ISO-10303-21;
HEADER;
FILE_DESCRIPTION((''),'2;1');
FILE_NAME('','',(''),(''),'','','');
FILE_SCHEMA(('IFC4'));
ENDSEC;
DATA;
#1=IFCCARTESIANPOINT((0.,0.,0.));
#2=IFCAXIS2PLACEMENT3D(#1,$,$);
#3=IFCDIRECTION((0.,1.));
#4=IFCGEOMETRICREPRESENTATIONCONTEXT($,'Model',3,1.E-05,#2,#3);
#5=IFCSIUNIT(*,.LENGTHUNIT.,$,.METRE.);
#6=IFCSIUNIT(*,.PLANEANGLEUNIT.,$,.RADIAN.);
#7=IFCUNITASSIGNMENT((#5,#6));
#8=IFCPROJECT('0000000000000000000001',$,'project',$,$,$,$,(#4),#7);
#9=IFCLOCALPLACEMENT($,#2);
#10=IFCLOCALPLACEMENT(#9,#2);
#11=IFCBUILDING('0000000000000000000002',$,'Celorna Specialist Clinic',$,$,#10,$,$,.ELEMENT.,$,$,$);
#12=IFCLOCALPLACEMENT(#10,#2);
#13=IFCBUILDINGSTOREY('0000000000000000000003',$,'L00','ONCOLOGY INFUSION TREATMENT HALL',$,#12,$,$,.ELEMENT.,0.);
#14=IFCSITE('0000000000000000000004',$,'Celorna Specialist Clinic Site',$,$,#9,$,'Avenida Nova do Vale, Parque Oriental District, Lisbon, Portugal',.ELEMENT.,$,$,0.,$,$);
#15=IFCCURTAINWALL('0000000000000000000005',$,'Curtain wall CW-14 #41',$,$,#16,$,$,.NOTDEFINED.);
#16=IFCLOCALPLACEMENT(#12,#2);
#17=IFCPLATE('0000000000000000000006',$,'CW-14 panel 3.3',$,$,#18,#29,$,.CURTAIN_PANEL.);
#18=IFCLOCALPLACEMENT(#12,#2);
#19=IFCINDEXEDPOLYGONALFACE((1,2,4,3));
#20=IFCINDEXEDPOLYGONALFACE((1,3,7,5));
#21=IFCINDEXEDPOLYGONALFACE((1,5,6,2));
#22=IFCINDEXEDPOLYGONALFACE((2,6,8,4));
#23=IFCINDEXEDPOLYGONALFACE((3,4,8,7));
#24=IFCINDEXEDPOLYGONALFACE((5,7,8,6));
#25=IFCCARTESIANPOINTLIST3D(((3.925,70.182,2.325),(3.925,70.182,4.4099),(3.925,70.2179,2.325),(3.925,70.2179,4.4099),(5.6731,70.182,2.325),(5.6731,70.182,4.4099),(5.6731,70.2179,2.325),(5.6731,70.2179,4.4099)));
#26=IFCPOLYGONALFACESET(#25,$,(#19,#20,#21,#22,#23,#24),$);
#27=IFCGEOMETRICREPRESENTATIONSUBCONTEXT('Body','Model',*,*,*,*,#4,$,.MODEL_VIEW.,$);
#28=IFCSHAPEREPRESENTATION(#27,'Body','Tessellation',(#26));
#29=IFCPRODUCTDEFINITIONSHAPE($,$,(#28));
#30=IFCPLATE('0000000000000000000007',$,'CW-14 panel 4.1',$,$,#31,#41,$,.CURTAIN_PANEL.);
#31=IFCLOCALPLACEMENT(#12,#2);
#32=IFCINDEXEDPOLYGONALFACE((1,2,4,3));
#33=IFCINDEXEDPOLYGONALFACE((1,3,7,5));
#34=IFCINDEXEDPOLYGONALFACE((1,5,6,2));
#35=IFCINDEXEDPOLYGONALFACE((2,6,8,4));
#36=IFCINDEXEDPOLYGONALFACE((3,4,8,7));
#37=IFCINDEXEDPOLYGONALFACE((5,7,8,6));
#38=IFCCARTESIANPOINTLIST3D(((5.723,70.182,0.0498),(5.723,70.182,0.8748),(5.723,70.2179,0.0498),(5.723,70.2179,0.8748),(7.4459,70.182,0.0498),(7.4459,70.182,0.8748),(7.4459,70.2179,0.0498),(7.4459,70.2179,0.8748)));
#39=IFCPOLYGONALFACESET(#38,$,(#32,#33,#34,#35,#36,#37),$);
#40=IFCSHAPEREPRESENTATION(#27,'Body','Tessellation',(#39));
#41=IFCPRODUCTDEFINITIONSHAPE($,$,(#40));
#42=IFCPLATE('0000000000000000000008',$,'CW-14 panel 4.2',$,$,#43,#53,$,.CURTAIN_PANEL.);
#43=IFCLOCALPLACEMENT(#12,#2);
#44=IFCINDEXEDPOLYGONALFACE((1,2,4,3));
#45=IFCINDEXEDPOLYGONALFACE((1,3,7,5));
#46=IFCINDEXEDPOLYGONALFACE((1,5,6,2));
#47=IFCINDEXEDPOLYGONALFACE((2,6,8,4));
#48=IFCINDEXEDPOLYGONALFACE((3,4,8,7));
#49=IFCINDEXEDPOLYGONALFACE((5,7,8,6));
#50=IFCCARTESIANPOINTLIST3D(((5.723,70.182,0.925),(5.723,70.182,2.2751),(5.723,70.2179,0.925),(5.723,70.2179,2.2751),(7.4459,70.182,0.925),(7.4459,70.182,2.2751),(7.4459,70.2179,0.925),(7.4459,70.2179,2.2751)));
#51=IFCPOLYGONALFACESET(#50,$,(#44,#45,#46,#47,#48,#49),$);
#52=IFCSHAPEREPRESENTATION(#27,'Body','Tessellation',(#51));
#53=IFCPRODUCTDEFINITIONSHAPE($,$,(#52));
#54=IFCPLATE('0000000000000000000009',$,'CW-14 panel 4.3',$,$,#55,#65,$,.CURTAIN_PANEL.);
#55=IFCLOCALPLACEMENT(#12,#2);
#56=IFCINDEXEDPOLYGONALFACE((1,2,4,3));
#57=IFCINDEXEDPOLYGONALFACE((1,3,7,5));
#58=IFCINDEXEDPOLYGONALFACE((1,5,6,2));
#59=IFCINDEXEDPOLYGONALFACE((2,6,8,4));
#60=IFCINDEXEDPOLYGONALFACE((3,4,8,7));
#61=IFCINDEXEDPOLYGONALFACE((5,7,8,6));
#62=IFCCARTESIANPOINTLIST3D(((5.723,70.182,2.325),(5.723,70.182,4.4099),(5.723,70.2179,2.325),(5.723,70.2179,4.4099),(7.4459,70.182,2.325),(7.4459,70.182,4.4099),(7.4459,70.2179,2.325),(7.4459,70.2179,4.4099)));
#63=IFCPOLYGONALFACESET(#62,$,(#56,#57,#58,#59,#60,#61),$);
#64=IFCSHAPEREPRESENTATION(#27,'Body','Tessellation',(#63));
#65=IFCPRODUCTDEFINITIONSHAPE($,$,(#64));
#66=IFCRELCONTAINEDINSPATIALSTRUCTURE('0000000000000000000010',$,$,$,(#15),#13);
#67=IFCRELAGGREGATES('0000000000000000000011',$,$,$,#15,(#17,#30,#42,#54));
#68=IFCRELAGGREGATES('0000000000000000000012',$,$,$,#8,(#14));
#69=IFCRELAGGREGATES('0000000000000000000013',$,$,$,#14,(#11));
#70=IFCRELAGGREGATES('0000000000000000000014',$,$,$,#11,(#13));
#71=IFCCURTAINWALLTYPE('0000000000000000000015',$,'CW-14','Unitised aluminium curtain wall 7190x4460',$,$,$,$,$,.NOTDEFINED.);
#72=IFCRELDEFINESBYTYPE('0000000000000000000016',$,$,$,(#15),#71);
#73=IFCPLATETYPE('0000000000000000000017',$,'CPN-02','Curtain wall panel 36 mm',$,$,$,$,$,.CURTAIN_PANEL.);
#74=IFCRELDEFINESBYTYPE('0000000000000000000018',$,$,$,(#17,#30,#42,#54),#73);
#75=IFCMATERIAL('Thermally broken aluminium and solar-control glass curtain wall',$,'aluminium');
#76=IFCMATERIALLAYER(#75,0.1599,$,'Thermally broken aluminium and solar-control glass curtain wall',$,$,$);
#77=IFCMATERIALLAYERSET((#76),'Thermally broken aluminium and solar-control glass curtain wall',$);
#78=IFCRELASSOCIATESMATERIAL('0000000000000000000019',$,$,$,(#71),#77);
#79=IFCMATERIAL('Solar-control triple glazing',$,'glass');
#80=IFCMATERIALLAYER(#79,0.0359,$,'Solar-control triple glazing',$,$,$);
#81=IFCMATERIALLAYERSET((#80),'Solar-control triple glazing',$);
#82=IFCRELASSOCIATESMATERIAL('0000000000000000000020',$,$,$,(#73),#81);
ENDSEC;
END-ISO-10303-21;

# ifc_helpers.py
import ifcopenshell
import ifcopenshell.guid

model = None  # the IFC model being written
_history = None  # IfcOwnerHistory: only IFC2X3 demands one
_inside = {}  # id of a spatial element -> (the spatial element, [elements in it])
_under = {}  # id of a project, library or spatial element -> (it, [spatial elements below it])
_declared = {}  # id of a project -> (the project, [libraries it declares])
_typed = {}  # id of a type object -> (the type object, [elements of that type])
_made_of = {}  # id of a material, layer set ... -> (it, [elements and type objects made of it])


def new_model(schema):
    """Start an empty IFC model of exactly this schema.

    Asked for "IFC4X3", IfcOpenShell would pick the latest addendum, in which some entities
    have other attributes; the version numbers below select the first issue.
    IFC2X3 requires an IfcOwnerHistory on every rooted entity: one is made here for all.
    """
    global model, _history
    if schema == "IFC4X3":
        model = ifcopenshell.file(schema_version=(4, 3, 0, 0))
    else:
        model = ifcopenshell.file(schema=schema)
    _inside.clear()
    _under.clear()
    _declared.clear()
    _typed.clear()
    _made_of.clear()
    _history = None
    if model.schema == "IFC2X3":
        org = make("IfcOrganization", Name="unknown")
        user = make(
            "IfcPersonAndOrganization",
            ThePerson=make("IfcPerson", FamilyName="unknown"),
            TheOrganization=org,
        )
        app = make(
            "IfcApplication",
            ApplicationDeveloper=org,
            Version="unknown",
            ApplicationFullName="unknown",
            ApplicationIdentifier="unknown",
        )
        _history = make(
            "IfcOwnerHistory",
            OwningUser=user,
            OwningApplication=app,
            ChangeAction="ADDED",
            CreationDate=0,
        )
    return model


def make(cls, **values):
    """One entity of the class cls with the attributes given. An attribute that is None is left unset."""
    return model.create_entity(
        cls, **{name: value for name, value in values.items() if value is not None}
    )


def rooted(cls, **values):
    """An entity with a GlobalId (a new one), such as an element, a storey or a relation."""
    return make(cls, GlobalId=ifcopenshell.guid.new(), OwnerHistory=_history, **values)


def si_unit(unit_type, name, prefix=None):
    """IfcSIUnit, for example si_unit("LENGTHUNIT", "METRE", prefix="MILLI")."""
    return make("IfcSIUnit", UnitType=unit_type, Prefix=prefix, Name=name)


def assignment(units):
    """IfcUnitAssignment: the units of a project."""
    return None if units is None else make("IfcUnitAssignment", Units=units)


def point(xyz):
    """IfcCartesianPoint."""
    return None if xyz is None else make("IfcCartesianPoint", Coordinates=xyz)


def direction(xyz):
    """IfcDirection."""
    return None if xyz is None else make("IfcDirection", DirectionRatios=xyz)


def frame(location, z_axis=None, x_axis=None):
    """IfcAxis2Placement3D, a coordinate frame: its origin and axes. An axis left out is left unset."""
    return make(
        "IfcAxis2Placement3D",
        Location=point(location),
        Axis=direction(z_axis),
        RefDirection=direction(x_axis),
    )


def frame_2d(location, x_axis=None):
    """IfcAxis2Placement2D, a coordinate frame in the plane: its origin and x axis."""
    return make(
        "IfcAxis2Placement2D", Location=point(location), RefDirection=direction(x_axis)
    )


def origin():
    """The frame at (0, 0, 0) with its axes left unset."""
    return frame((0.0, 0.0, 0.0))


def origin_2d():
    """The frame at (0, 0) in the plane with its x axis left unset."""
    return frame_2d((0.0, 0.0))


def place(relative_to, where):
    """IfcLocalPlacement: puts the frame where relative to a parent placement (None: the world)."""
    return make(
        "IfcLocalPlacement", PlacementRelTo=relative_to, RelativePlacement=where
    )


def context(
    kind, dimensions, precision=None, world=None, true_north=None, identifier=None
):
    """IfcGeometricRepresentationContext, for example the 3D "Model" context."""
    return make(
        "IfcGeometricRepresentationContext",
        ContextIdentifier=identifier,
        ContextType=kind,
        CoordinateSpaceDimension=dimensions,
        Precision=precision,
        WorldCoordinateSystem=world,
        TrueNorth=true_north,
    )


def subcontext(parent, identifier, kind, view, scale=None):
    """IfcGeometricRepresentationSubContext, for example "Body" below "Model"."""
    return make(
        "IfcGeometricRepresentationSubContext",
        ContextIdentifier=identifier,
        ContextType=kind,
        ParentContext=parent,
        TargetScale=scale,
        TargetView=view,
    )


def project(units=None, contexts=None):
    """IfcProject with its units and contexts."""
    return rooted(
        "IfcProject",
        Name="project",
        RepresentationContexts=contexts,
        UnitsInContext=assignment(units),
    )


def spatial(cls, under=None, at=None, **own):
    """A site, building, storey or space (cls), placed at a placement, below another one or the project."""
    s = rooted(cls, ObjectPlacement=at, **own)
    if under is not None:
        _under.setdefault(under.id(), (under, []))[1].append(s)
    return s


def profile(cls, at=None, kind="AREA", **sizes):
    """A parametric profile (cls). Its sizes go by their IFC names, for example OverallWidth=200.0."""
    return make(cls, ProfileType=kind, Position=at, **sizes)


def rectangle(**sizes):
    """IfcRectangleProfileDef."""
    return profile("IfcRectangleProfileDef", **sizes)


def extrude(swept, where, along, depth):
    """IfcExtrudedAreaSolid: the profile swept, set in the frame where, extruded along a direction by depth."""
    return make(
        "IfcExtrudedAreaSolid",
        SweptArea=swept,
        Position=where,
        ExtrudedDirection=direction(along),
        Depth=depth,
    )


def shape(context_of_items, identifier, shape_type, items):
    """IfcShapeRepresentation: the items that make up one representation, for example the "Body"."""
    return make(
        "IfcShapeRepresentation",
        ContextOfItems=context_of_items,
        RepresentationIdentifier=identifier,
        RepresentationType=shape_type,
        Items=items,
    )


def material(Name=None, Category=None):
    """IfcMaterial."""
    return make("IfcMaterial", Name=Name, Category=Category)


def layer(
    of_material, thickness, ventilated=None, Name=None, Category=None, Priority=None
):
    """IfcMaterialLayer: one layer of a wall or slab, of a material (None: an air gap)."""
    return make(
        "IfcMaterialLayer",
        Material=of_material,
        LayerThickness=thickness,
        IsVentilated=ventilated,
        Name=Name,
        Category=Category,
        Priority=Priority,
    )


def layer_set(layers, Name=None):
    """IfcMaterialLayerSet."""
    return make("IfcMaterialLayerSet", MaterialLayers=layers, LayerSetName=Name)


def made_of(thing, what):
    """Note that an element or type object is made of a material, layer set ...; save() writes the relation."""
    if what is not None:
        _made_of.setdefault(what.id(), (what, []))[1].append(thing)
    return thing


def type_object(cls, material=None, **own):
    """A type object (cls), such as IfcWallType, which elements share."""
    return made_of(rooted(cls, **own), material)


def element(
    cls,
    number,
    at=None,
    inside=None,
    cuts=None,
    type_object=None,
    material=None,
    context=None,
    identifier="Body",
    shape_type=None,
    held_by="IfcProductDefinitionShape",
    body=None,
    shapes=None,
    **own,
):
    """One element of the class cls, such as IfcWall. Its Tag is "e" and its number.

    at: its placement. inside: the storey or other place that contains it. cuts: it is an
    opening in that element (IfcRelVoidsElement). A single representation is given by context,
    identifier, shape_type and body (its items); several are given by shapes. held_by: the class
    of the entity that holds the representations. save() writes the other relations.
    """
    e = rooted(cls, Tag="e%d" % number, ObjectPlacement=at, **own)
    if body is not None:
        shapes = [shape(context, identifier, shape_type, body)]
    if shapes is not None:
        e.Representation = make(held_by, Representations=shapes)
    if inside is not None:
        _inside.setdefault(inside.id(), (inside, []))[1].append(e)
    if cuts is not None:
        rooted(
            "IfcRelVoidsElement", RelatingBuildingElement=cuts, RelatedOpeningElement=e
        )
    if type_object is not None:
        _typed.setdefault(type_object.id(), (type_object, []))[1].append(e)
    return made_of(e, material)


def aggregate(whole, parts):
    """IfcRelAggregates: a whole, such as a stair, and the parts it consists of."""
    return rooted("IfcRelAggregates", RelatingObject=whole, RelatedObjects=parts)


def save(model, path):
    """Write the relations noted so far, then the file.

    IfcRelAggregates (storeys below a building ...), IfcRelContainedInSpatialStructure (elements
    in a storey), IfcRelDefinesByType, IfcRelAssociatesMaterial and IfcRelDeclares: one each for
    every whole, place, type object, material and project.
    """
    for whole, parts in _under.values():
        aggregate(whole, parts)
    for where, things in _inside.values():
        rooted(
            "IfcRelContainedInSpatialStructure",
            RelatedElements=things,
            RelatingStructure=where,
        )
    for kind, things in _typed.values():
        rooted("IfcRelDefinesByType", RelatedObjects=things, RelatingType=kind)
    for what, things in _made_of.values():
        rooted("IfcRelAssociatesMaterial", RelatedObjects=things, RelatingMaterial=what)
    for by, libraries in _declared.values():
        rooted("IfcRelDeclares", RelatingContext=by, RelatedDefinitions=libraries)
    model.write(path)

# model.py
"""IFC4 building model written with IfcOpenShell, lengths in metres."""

from ifc_helpers import new_model, si_unit, direction, frame, origin, origin_2d, place, context, subcontext, project, spatial, rectangle, extrude, material, layer, layer_set, type_object, element, aggregate, save


model = new_model("IFC4")

# Units and contexts
model_context = context("Model", 3, precision=1e-05, world=origin(), true_north=direction((0.0, 1.0)))
body_context = subcontext(model_context, "Body", "Model", "MODEL_VIEW")
ifc_project = project(units=[si_unit("LENGTHUNIT", "METRE"), si_unit("PLANEANGLEUNIT", "RADIAN")], contexts=[model_context])

# Site, building, storey
site_placement = place(None, origin())
site = spatial("IfcSite", under=ifc_project, at=site_placement, Name="Celorna Specialist Clinic Site", LongName="Avenida Nova do Vale, Parque Oriental District, Lisbon, Portugal", CompositionType="ELEMENT", RefElevation=0.0)
building_placement = place(site_placement, origin())
building = spatial("IfcBuilding", under=site, at=building_placement, Name="Celorna Specialist Clinic", CompositionType="ELEMENT")
storey_placement = place(building_placement, origin())
storey = spatial("IfcBuildingStorey", under=building, at=storey_placement, Name="L00", Description="ONCOLOGY INFUSION TREATMENT HALL", CompositionType="ELEMENT", Elevation=0.0)

# Curtain wall, plates
ifc_material_1 = material(Name="Thermally broken aluminium and solar-control glass curtain wall", Category="aluminium")
ifc_layer_1 = layer(ifc_material_1, 0.1599, Name="Thermally broken aluminium and solar-control glass curtain wall")
ifc_layer_set_1 = layer_set([ifc_layer_1], Name="Thermally broken aluminium and solar-control glass curtain wall")
curtain_wall_type = type_object("IfcCurtainWallType", Name="CW-14", Description="Unitised aluminium curtain wall 7190x4460", PredefinedType="NOTDEFINED", material=ifc_layer_set_1)
curtain_wall_placement = place(storey_placement, origin())
curtain_wall = element("IfcCurtainWall", 1, at=curtain_wall_placement, inside=storey, type_object=curtain_wall_type, Name="Curtain wall CW-14 #41", PredefinedType="NOTDEFINED")
ifc_material_2 = material(Name="Solar-control triple glazing", Category="glass")
ifc_layer_2 = layer(ifc_material_2, 0.0359, Name="Solar-control triple glazing")
ifc_layer_set_2 = layer_set([ifc_layer_2], Name="Solar-control triple glazing")
plate_type = type_object("IfcPlateType", Name="CPN-02", Description="Curtain wall panel 36 mm", PredefinedType="CURTAIN_PANEL", material=ifc_layer_set_2)
plate_1_placement = place(storey_placement, frame((4.7991, 70.2, 2.325), z_axis=(0.0, 0.0, 1.0), x_axis=(1.0, 0.0, 0.0)))
plate_1 = element("IfcPlate", 2, at=plate_1_placement, type_object=plate_type, Name="CW-14 panel 3.3", PredefinedType="CURTAIN_PANEL", context=body_context, shape_type="SweptSolid", body=[
    extrude(rectangle(XDim=1.748, YDim=0.0359, at=origin_2d()), origin(), (0.0, 0.0, 1.0), 2.085),
])
plate_2_placement = place(storey_placement, frame((6.5845, 70.2, 0.0498), z_axis=(0.0, 0.0, 1.0), x_axis=(1.0, 0.0, 0.0)))
plate_2 = element("IfcPlate", 3, at=plate_2_placement, type_object=plate_type, Name="CW-14 panel 4.1", PredefinedType="CURTAIN_PANEL", context=body_context, shape_type="SweptSolid", body=[
    extrude(rectangle(XDim=1.7229, YDim=0.0359, at=origin_2d()), origin(), (0.0, 0.0, 1.0), 0.825),
])
plate_3_placement = place(storey_placement, frame((6.5845, 70.2, 0.925), z_axis=(0.0, 0.0, 1.0), x_axis=(1.0, 0.0, 0.0)))
plate_3 = element("IfcPlate", 4, at=plate_3_placement, type_object=plate_type, Name="CW-14 panel 4.2", PredefinedType="CURTAIN_PANEL", context=body_context, shape_type="SweptSolid", body=[
    extrude(rectangle(XDim=1.7229, YDim=0.0359, at=origin_2d()), origin(), (0.0, 0.0, 1.0), 1.3501),
])
plate_4_placement = place(storey_placement, frame((6.5845, 70.2, 2.325), z_axis=(0.0, 0.0, 1.0), x_axis=(1.0, 0.0, 0.0)))
plate_4 = element("IfcPlate", 5, at=plate_4_placement, type_object=plate_type, Name="CW-14 panel 4.3", PredefinedType="CURTAIN_PANEL", context=body_context, shape_type="SweptSolid", body=[
    extrude(rectangle(XDim=1.7229, YDim=0.0359, at=origin_2d()), origin(), (0.0, 0.0, 1.0), 2.085),
])
aggregate(curtain_wall, [plate_1, plate_2, plate_3, plate_4])

save(model, "model.ifc")
